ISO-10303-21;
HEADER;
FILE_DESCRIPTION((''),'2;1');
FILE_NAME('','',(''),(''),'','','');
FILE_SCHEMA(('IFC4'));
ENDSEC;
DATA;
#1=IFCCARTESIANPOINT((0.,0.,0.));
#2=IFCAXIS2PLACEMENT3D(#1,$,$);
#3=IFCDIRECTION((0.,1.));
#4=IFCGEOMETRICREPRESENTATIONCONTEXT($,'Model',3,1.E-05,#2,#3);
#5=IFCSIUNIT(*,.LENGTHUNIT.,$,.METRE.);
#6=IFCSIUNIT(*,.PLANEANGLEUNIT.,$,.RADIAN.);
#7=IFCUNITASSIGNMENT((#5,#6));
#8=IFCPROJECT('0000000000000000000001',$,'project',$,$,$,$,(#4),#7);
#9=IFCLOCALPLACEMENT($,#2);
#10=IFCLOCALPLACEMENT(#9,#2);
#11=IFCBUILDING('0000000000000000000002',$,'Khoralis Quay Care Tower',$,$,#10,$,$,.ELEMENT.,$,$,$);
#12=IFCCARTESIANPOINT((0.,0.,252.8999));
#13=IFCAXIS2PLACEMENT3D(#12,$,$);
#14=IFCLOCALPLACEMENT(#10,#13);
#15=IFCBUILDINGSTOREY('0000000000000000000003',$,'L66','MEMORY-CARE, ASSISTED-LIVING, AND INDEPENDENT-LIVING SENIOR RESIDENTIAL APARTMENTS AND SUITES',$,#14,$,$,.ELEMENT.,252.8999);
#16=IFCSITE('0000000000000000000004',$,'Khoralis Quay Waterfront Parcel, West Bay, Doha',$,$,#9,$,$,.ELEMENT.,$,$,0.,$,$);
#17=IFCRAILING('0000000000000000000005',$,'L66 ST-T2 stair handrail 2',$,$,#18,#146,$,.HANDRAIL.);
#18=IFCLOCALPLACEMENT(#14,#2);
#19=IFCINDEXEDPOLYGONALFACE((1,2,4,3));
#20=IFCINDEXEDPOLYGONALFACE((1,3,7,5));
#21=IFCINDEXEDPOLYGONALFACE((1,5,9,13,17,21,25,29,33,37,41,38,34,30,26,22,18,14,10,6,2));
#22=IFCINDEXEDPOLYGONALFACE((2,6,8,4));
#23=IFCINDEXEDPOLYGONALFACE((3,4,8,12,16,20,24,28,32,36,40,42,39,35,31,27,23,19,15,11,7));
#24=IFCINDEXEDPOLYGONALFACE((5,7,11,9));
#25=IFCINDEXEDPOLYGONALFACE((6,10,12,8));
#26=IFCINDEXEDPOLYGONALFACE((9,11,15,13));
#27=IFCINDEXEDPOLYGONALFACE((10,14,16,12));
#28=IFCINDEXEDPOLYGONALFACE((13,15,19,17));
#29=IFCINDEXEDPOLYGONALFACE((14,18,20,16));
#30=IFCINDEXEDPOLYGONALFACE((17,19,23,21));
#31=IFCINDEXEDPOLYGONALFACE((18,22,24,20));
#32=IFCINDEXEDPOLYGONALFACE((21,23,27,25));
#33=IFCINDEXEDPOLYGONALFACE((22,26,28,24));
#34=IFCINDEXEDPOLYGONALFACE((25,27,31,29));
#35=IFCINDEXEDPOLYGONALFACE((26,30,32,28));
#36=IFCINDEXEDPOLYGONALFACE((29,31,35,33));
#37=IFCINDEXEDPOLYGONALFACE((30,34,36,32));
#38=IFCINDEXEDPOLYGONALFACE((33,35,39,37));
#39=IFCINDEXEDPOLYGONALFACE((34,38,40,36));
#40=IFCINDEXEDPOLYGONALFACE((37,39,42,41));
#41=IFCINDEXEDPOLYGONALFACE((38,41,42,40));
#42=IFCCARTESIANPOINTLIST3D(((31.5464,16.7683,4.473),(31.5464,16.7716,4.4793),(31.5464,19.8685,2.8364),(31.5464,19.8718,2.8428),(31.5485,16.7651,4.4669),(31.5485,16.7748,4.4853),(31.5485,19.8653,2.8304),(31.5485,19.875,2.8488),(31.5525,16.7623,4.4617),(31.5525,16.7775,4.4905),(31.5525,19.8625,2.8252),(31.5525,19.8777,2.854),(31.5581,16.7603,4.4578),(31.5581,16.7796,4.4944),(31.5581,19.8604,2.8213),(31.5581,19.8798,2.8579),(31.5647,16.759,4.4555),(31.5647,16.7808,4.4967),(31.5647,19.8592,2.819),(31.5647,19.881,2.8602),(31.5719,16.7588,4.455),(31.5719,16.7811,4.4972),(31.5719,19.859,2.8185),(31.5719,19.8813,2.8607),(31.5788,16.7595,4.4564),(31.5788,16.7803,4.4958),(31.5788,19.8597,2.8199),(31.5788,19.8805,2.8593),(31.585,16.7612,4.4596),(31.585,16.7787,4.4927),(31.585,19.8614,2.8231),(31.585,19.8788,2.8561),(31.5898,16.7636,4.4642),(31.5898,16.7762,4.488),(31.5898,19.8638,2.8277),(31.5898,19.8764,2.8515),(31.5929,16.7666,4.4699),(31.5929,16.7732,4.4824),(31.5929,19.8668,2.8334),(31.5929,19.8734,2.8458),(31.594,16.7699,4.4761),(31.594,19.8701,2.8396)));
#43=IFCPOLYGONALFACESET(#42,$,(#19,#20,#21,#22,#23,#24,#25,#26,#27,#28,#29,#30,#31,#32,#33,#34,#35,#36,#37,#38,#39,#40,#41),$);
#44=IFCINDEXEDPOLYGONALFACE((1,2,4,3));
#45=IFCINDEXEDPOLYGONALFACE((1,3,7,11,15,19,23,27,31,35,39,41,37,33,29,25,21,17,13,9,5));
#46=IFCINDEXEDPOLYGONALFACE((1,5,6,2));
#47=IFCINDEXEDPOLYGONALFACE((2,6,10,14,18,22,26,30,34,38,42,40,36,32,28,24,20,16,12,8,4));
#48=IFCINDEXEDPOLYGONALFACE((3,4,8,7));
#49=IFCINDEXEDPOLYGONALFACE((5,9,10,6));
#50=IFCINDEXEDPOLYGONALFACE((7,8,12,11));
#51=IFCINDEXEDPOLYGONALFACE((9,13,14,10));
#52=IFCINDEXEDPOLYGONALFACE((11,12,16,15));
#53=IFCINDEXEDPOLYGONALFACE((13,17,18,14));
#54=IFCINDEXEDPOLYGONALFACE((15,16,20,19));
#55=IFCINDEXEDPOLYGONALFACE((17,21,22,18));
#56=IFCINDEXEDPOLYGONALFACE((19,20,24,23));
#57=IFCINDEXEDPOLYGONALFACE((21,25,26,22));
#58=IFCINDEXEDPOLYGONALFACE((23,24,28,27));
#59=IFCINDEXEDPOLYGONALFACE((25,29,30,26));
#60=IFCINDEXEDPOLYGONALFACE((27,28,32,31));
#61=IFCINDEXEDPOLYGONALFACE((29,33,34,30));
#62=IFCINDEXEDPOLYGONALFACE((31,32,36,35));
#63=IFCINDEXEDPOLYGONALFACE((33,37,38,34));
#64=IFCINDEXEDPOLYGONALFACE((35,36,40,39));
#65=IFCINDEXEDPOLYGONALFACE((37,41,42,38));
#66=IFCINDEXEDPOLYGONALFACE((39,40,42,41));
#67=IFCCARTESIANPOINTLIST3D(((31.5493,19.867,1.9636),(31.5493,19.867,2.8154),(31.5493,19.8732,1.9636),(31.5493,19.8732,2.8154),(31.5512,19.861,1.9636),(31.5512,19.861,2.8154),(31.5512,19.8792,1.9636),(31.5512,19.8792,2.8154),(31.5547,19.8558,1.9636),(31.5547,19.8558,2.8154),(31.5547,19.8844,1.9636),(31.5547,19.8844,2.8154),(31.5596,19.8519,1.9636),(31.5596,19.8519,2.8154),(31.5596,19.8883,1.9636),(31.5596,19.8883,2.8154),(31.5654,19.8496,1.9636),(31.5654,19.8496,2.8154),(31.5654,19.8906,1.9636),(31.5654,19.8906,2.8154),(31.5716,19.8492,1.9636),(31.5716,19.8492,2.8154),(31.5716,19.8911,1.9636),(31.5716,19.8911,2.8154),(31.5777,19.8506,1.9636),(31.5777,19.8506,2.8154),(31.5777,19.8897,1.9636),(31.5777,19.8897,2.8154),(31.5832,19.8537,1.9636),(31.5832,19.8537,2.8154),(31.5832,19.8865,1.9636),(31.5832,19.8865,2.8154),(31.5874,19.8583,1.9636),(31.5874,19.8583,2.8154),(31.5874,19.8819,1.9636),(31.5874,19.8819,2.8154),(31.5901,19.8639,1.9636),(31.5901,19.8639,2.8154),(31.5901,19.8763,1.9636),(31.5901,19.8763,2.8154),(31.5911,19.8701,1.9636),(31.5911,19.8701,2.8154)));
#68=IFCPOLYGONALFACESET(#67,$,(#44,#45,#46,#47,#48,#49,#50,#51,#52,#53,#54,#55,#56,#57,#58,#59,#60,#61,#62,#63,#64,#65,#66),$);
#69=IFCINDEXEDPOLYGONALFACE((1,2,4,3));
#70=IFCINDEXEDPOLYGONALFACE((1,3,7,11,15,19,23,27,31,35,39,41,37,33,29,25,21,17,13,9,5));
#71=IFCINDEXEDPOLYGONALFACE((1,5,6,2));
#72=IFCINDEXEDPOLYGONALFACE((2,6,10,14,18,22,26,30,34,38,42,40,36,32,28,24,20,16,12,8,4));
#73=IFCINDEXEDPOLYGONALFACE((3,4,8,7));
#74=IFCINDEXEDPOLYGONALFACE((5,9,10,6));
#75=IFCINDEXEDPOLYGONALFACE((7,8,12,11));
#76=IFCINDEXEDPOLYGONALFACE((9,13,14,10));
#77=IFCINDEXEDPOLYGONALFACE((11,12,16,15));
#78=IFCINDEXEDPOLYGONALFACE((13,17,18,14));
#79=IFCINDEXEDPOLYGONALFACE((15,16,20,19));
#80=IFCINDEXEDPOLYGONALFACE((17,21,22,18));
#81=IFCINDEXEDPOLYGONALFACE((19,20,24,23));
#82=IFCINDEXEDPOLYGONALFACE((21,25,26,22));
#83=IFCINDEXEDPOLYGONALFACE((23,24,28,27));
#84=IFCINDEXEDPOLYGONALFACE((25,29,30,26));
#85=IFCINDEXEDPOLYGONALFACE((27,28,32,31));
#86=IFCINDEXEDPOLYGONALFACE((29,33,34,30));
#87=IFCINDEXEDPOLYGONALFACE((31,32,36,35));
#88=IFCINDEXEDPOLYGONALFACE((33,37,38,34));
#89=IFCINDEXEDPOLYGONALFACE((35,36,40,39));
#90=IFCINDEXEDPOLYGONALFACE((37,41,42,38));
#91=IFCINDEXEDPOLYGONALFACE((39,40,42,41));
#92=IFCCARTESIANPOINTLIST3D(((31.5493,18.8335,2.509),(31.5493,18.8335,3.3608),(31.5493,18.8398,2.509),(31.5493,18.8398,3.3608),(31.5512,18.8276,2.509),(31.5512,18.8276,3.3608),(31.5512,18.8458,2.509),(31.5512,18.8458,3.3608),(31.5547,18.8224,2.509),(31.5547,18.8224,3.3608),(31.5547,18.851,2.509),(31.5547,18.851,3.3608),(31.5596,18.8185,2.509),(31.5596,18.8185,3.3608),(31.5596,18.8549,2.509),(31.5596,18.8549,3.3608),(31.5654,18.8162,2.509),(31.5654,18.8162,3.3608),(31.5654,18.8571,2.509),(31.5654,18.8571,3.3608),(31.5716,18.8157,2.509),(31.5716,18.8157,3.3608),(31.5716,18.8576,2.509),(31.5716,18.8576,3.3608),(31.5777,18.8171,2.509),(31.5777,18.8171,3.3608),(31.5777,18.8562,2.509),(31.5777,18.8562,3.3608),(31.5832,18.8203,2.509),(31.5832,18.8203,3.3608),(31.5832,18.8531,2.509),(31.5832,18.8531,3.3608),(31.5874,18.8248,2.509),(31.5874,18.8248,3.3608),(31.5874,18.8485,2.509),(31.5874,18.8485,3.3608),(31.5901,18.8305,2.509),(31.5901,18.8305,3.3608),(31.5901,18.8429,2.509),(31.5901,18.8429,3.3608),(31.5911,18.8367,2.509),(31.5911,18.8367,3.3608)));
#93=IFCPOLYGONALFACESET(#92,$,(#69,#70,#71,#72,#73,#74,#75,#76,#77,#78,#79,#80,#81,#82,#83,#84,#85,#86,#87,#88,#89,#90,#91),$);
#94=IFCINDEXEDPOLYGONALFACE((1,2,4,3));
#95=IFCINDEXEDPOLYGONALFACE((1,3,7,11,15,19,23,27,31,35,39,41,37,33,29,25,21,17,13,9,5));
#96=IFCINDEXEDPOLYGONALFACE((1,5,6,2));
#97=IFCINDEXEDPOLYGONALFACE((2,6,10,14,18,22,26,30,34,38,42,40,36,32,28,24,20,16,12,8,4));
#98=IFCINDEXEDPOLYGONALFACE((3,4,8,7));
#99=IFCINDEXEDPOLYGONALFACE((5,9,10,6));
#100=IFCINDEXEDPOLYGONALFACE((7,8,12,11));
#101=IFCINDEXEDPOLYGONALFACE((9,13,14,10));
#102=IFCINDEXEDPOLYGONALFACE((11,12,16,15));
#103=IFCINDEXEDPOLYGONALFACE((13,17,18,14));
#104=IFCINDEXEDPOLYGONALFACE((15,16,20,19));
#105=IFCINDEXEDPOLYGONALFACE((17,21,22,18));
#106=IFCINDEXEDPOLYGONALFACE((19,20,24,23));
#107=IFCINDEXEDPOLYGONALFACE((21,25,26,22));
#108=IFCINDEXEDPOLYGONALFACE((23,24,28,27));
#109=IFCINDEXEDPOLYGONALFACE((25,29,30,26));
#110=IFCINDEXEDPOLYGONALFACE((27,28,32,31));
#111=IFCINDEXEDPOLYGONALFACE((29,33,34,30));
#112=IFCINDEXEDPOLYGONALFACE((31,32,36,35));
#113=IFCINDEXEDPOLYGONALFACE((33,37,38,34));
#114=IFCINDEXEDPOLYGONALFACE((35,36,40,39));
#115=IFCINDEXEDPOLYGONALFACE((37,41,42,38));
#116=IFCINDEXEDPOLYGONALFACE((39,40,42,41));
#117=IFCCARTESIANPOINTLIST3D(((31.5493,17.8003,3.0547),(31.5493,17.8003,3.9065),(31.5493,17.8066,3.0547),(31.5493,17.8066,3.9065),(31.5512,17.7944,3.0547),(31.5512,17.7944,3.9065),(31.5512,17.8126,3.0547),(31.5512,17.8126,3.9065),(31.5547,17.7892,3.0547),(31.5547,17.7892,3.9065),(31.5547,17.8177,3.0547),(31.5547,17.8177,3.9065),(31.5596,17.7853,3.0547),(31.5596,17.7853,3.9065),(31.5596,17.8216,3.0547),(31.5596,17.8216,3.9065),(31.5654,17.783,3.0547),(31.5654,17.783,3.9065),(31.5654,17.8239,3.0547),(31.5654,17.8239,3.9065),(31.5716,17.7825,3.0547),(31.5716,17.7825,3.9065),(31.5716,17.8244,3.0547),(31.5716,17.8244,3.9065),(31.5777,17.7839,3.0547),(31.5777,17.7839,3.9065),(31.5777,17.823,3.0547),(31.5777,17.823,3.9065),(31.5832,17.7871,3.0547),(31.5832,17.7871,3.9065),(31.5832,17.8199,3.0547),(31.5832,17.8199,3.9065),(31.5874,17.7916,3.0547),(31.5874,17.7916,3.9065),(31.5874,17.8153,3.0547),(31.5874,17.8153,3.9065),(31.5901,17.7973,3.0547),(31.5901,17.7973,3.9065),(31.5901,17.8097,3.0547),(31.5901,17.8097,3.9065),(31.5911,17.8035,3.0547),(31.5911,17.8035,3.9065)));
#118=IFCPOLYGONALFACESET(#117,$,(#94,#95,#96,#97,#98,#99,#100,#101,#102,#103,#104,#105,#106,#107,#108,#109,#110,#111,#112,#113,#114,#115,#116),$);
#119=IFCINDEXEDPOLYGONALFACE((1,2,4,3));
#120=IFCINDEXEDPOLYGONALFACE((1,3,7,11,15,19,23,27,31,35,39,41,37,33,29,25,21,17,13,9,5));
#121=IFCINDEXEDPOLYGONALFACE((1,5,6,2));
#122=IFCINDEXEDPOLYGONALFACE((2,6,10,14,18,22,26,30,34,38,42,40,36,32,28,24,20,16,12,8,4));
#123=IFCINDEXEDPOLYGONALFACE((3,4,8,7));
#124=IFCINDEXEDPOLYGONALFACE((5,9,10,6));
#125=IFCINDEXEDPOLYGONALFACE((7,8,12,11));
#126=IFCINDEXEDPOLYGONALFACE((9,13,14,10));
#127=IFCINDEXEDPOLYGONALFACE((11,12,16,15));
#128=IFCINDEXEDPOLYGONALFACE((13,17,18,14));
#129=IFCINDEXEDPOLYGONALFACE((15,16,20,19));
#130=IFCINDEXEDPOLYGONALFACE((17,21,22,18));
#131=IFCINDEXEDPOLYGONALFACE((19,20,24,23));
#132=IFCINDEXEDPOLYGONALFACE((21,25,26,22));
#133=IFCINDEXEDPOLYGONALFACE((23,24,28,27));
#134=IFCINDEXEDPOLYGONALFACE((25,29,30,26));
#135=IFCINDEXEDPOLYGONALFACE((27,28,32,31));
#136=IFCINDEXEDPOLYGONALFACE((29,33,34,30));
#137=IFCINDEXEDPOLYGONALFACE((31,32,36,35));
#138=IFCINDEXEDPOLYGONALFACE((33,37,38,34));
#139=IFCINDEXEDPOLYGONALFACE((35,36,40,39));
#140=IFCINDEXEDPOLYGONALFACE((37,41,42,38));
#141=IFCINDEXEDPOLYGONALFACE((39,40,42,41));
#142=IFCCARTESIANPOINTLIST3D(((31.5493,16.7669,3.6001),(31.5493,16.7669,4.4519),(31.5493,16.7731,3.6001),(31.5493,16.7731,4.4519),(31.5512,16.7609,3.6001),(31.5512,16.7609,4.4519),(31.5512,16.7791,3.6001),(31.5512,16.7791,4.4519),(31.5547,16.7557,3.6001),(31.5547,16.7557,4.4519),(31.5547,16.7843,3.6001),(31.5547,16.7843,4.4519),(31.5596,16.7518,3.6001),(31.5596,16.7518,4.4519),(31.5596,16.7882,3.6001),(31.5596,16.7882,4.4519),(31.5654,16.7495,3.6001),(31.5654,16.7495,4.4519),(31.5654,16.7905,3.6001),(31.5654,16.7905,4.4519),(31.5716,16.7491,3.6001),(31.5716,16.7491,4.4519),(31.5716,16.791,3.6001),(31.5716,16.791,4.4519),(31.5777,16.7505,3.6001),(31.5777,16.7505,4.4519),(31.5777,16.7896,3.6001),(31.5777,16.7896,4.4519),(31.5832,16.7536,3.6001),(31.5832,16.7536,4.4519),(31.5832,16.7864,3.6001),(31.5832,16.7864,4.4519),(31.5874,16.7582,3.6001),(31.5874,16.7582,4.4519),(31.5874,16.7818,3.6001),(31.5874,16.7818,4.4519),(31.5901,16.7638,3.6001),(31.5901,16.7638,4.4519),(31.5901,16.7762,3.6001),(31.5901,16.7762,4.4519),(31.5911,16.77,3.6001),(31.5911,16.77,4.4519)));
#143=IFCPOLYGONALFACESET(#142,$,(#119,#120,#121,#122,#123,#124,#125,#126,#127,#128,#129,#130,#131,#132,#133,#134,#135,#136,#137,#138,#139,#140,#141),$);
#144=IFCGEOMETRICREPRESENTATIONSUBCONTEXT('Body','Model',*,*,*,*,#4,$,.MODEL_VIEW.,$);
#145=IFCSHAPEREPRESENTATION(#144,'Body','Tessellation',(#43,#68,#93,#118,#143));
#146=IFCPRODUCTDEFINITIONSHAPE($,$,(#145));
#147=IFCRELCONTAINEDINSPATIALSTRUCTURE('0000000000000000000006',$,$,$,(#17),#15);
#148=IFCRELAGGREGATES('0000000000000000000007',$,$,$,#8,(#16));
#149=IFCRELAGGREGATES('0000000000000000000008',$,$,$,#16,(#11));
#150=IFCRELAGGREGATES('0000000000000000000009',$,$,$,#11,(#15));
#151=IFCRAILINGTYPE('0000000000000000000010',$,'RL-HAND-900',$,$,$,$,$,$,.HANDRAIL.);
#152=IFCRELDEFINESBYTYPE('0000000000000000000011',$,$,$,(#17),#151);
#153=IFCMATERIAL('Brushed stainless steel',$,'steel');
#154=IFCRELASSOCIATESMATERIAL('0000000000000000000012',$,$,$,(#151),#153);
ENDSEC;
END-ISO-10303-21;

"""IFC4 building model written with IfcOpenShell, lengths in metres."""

from ifc_helpers import new_model, si_unit, direction, frame, origin, origin_2d, place, context, subcontext, project, spatial, circle, extrude, material, type_object, element, save


model = new_model("IFC4")

# Units and contexts
model_context = context("Model", 3, precision=1e-05, world=origin(), true_north=direction((0.0, 1.0)))
body_context = subcontext(model_context, "Body", "Model", "MODEL_VIEW")
ifc_project = project(units=[si_unit("LENGTHUNIT", "METRE"), si_unit("PLANEANGLEUNIT", "RADIAN")], contexts=[model_context])

# Site, building, storey
site_placement = place(None, origin())
site = spatial("IfcSite", under=ifc_project, at=site_placement, Name="Khoralis Quay Waterfront Parcel, West Bay, Doha", CompositionType="ELEMENT", RefElevation=0.0)
building_placement = place(site_placement, origin())
building = spatial("IfcBuilding", under=site, at=building_placement, Name="Khoralis Quay Care Tower", CompositionType="ELEMENT")
storey_placement = place(building_placement, frame((0.0, 0.0, 252.8999)))
storey = spatial("IfcBuildingStorey", under=building, at=storey_placement, Name="L66", Description="MEMORY-CARE, ASSISTED-LIVING, AND INDEPENDENT-LIVING SENIOR RESIDENTIAL APARTMENTS AND SUITES", CompositionType="ELEMENT", Elevation=252.8999)

# Shared definitions
ifc_material_1 = material(Name="Brushed stainless steel", Category="steel")

# Railing
railing_type_1 = type_object("IfcRailingType", Name="RL-HAND-900", PredefinedType="HANDRAIL", material=ifc_material_1)
railing_1_placement = place(storey_placement, frame((31.5701, 19.8701, 1.9636)))
element("IfcRailing", 1, at=railing_1_placement, inside=storey, type_object=railing_type_1, Name="L66 ST-T2 stair handrail 2", PredefinedType="HANDRAIL", context=body_context, shape_type="SweptSolid", body=[
    extrude(circle(Radius=0.0239, at=origin_2d()), frame((0.0, 0.0, 0.876), z_axis=(0.0, -0.884348, 0.466828), x_axis=(1.0, 0.0, 0.0)), (0.0, 0.0, 1.0), 3.5056),
    extrude(circle(Radius=0.021, at=origin_2d()), origin(), (0.0, 0.0, 1.0), 0.8518),
    extrude(circle(Radius=0.021, at=origin_2d()), frame((0.0, -1.0334, 0.5454)), (0.0, 0.0, 1.0), 0.8518),
    extrude(circle(Radius=0.021, at=origin_2d()), frame((0.0, -2.0667, 1.0911)), (0.0, 0.0, 1.0), 0.8518),
    extrude(circle(Radius=0.021, at=origin_2d()), frame((0.0, -3.1001, 1.6365)), (0.0, 0.0, 1.0), 0.8518),
])

save(model, "model.ifc")
